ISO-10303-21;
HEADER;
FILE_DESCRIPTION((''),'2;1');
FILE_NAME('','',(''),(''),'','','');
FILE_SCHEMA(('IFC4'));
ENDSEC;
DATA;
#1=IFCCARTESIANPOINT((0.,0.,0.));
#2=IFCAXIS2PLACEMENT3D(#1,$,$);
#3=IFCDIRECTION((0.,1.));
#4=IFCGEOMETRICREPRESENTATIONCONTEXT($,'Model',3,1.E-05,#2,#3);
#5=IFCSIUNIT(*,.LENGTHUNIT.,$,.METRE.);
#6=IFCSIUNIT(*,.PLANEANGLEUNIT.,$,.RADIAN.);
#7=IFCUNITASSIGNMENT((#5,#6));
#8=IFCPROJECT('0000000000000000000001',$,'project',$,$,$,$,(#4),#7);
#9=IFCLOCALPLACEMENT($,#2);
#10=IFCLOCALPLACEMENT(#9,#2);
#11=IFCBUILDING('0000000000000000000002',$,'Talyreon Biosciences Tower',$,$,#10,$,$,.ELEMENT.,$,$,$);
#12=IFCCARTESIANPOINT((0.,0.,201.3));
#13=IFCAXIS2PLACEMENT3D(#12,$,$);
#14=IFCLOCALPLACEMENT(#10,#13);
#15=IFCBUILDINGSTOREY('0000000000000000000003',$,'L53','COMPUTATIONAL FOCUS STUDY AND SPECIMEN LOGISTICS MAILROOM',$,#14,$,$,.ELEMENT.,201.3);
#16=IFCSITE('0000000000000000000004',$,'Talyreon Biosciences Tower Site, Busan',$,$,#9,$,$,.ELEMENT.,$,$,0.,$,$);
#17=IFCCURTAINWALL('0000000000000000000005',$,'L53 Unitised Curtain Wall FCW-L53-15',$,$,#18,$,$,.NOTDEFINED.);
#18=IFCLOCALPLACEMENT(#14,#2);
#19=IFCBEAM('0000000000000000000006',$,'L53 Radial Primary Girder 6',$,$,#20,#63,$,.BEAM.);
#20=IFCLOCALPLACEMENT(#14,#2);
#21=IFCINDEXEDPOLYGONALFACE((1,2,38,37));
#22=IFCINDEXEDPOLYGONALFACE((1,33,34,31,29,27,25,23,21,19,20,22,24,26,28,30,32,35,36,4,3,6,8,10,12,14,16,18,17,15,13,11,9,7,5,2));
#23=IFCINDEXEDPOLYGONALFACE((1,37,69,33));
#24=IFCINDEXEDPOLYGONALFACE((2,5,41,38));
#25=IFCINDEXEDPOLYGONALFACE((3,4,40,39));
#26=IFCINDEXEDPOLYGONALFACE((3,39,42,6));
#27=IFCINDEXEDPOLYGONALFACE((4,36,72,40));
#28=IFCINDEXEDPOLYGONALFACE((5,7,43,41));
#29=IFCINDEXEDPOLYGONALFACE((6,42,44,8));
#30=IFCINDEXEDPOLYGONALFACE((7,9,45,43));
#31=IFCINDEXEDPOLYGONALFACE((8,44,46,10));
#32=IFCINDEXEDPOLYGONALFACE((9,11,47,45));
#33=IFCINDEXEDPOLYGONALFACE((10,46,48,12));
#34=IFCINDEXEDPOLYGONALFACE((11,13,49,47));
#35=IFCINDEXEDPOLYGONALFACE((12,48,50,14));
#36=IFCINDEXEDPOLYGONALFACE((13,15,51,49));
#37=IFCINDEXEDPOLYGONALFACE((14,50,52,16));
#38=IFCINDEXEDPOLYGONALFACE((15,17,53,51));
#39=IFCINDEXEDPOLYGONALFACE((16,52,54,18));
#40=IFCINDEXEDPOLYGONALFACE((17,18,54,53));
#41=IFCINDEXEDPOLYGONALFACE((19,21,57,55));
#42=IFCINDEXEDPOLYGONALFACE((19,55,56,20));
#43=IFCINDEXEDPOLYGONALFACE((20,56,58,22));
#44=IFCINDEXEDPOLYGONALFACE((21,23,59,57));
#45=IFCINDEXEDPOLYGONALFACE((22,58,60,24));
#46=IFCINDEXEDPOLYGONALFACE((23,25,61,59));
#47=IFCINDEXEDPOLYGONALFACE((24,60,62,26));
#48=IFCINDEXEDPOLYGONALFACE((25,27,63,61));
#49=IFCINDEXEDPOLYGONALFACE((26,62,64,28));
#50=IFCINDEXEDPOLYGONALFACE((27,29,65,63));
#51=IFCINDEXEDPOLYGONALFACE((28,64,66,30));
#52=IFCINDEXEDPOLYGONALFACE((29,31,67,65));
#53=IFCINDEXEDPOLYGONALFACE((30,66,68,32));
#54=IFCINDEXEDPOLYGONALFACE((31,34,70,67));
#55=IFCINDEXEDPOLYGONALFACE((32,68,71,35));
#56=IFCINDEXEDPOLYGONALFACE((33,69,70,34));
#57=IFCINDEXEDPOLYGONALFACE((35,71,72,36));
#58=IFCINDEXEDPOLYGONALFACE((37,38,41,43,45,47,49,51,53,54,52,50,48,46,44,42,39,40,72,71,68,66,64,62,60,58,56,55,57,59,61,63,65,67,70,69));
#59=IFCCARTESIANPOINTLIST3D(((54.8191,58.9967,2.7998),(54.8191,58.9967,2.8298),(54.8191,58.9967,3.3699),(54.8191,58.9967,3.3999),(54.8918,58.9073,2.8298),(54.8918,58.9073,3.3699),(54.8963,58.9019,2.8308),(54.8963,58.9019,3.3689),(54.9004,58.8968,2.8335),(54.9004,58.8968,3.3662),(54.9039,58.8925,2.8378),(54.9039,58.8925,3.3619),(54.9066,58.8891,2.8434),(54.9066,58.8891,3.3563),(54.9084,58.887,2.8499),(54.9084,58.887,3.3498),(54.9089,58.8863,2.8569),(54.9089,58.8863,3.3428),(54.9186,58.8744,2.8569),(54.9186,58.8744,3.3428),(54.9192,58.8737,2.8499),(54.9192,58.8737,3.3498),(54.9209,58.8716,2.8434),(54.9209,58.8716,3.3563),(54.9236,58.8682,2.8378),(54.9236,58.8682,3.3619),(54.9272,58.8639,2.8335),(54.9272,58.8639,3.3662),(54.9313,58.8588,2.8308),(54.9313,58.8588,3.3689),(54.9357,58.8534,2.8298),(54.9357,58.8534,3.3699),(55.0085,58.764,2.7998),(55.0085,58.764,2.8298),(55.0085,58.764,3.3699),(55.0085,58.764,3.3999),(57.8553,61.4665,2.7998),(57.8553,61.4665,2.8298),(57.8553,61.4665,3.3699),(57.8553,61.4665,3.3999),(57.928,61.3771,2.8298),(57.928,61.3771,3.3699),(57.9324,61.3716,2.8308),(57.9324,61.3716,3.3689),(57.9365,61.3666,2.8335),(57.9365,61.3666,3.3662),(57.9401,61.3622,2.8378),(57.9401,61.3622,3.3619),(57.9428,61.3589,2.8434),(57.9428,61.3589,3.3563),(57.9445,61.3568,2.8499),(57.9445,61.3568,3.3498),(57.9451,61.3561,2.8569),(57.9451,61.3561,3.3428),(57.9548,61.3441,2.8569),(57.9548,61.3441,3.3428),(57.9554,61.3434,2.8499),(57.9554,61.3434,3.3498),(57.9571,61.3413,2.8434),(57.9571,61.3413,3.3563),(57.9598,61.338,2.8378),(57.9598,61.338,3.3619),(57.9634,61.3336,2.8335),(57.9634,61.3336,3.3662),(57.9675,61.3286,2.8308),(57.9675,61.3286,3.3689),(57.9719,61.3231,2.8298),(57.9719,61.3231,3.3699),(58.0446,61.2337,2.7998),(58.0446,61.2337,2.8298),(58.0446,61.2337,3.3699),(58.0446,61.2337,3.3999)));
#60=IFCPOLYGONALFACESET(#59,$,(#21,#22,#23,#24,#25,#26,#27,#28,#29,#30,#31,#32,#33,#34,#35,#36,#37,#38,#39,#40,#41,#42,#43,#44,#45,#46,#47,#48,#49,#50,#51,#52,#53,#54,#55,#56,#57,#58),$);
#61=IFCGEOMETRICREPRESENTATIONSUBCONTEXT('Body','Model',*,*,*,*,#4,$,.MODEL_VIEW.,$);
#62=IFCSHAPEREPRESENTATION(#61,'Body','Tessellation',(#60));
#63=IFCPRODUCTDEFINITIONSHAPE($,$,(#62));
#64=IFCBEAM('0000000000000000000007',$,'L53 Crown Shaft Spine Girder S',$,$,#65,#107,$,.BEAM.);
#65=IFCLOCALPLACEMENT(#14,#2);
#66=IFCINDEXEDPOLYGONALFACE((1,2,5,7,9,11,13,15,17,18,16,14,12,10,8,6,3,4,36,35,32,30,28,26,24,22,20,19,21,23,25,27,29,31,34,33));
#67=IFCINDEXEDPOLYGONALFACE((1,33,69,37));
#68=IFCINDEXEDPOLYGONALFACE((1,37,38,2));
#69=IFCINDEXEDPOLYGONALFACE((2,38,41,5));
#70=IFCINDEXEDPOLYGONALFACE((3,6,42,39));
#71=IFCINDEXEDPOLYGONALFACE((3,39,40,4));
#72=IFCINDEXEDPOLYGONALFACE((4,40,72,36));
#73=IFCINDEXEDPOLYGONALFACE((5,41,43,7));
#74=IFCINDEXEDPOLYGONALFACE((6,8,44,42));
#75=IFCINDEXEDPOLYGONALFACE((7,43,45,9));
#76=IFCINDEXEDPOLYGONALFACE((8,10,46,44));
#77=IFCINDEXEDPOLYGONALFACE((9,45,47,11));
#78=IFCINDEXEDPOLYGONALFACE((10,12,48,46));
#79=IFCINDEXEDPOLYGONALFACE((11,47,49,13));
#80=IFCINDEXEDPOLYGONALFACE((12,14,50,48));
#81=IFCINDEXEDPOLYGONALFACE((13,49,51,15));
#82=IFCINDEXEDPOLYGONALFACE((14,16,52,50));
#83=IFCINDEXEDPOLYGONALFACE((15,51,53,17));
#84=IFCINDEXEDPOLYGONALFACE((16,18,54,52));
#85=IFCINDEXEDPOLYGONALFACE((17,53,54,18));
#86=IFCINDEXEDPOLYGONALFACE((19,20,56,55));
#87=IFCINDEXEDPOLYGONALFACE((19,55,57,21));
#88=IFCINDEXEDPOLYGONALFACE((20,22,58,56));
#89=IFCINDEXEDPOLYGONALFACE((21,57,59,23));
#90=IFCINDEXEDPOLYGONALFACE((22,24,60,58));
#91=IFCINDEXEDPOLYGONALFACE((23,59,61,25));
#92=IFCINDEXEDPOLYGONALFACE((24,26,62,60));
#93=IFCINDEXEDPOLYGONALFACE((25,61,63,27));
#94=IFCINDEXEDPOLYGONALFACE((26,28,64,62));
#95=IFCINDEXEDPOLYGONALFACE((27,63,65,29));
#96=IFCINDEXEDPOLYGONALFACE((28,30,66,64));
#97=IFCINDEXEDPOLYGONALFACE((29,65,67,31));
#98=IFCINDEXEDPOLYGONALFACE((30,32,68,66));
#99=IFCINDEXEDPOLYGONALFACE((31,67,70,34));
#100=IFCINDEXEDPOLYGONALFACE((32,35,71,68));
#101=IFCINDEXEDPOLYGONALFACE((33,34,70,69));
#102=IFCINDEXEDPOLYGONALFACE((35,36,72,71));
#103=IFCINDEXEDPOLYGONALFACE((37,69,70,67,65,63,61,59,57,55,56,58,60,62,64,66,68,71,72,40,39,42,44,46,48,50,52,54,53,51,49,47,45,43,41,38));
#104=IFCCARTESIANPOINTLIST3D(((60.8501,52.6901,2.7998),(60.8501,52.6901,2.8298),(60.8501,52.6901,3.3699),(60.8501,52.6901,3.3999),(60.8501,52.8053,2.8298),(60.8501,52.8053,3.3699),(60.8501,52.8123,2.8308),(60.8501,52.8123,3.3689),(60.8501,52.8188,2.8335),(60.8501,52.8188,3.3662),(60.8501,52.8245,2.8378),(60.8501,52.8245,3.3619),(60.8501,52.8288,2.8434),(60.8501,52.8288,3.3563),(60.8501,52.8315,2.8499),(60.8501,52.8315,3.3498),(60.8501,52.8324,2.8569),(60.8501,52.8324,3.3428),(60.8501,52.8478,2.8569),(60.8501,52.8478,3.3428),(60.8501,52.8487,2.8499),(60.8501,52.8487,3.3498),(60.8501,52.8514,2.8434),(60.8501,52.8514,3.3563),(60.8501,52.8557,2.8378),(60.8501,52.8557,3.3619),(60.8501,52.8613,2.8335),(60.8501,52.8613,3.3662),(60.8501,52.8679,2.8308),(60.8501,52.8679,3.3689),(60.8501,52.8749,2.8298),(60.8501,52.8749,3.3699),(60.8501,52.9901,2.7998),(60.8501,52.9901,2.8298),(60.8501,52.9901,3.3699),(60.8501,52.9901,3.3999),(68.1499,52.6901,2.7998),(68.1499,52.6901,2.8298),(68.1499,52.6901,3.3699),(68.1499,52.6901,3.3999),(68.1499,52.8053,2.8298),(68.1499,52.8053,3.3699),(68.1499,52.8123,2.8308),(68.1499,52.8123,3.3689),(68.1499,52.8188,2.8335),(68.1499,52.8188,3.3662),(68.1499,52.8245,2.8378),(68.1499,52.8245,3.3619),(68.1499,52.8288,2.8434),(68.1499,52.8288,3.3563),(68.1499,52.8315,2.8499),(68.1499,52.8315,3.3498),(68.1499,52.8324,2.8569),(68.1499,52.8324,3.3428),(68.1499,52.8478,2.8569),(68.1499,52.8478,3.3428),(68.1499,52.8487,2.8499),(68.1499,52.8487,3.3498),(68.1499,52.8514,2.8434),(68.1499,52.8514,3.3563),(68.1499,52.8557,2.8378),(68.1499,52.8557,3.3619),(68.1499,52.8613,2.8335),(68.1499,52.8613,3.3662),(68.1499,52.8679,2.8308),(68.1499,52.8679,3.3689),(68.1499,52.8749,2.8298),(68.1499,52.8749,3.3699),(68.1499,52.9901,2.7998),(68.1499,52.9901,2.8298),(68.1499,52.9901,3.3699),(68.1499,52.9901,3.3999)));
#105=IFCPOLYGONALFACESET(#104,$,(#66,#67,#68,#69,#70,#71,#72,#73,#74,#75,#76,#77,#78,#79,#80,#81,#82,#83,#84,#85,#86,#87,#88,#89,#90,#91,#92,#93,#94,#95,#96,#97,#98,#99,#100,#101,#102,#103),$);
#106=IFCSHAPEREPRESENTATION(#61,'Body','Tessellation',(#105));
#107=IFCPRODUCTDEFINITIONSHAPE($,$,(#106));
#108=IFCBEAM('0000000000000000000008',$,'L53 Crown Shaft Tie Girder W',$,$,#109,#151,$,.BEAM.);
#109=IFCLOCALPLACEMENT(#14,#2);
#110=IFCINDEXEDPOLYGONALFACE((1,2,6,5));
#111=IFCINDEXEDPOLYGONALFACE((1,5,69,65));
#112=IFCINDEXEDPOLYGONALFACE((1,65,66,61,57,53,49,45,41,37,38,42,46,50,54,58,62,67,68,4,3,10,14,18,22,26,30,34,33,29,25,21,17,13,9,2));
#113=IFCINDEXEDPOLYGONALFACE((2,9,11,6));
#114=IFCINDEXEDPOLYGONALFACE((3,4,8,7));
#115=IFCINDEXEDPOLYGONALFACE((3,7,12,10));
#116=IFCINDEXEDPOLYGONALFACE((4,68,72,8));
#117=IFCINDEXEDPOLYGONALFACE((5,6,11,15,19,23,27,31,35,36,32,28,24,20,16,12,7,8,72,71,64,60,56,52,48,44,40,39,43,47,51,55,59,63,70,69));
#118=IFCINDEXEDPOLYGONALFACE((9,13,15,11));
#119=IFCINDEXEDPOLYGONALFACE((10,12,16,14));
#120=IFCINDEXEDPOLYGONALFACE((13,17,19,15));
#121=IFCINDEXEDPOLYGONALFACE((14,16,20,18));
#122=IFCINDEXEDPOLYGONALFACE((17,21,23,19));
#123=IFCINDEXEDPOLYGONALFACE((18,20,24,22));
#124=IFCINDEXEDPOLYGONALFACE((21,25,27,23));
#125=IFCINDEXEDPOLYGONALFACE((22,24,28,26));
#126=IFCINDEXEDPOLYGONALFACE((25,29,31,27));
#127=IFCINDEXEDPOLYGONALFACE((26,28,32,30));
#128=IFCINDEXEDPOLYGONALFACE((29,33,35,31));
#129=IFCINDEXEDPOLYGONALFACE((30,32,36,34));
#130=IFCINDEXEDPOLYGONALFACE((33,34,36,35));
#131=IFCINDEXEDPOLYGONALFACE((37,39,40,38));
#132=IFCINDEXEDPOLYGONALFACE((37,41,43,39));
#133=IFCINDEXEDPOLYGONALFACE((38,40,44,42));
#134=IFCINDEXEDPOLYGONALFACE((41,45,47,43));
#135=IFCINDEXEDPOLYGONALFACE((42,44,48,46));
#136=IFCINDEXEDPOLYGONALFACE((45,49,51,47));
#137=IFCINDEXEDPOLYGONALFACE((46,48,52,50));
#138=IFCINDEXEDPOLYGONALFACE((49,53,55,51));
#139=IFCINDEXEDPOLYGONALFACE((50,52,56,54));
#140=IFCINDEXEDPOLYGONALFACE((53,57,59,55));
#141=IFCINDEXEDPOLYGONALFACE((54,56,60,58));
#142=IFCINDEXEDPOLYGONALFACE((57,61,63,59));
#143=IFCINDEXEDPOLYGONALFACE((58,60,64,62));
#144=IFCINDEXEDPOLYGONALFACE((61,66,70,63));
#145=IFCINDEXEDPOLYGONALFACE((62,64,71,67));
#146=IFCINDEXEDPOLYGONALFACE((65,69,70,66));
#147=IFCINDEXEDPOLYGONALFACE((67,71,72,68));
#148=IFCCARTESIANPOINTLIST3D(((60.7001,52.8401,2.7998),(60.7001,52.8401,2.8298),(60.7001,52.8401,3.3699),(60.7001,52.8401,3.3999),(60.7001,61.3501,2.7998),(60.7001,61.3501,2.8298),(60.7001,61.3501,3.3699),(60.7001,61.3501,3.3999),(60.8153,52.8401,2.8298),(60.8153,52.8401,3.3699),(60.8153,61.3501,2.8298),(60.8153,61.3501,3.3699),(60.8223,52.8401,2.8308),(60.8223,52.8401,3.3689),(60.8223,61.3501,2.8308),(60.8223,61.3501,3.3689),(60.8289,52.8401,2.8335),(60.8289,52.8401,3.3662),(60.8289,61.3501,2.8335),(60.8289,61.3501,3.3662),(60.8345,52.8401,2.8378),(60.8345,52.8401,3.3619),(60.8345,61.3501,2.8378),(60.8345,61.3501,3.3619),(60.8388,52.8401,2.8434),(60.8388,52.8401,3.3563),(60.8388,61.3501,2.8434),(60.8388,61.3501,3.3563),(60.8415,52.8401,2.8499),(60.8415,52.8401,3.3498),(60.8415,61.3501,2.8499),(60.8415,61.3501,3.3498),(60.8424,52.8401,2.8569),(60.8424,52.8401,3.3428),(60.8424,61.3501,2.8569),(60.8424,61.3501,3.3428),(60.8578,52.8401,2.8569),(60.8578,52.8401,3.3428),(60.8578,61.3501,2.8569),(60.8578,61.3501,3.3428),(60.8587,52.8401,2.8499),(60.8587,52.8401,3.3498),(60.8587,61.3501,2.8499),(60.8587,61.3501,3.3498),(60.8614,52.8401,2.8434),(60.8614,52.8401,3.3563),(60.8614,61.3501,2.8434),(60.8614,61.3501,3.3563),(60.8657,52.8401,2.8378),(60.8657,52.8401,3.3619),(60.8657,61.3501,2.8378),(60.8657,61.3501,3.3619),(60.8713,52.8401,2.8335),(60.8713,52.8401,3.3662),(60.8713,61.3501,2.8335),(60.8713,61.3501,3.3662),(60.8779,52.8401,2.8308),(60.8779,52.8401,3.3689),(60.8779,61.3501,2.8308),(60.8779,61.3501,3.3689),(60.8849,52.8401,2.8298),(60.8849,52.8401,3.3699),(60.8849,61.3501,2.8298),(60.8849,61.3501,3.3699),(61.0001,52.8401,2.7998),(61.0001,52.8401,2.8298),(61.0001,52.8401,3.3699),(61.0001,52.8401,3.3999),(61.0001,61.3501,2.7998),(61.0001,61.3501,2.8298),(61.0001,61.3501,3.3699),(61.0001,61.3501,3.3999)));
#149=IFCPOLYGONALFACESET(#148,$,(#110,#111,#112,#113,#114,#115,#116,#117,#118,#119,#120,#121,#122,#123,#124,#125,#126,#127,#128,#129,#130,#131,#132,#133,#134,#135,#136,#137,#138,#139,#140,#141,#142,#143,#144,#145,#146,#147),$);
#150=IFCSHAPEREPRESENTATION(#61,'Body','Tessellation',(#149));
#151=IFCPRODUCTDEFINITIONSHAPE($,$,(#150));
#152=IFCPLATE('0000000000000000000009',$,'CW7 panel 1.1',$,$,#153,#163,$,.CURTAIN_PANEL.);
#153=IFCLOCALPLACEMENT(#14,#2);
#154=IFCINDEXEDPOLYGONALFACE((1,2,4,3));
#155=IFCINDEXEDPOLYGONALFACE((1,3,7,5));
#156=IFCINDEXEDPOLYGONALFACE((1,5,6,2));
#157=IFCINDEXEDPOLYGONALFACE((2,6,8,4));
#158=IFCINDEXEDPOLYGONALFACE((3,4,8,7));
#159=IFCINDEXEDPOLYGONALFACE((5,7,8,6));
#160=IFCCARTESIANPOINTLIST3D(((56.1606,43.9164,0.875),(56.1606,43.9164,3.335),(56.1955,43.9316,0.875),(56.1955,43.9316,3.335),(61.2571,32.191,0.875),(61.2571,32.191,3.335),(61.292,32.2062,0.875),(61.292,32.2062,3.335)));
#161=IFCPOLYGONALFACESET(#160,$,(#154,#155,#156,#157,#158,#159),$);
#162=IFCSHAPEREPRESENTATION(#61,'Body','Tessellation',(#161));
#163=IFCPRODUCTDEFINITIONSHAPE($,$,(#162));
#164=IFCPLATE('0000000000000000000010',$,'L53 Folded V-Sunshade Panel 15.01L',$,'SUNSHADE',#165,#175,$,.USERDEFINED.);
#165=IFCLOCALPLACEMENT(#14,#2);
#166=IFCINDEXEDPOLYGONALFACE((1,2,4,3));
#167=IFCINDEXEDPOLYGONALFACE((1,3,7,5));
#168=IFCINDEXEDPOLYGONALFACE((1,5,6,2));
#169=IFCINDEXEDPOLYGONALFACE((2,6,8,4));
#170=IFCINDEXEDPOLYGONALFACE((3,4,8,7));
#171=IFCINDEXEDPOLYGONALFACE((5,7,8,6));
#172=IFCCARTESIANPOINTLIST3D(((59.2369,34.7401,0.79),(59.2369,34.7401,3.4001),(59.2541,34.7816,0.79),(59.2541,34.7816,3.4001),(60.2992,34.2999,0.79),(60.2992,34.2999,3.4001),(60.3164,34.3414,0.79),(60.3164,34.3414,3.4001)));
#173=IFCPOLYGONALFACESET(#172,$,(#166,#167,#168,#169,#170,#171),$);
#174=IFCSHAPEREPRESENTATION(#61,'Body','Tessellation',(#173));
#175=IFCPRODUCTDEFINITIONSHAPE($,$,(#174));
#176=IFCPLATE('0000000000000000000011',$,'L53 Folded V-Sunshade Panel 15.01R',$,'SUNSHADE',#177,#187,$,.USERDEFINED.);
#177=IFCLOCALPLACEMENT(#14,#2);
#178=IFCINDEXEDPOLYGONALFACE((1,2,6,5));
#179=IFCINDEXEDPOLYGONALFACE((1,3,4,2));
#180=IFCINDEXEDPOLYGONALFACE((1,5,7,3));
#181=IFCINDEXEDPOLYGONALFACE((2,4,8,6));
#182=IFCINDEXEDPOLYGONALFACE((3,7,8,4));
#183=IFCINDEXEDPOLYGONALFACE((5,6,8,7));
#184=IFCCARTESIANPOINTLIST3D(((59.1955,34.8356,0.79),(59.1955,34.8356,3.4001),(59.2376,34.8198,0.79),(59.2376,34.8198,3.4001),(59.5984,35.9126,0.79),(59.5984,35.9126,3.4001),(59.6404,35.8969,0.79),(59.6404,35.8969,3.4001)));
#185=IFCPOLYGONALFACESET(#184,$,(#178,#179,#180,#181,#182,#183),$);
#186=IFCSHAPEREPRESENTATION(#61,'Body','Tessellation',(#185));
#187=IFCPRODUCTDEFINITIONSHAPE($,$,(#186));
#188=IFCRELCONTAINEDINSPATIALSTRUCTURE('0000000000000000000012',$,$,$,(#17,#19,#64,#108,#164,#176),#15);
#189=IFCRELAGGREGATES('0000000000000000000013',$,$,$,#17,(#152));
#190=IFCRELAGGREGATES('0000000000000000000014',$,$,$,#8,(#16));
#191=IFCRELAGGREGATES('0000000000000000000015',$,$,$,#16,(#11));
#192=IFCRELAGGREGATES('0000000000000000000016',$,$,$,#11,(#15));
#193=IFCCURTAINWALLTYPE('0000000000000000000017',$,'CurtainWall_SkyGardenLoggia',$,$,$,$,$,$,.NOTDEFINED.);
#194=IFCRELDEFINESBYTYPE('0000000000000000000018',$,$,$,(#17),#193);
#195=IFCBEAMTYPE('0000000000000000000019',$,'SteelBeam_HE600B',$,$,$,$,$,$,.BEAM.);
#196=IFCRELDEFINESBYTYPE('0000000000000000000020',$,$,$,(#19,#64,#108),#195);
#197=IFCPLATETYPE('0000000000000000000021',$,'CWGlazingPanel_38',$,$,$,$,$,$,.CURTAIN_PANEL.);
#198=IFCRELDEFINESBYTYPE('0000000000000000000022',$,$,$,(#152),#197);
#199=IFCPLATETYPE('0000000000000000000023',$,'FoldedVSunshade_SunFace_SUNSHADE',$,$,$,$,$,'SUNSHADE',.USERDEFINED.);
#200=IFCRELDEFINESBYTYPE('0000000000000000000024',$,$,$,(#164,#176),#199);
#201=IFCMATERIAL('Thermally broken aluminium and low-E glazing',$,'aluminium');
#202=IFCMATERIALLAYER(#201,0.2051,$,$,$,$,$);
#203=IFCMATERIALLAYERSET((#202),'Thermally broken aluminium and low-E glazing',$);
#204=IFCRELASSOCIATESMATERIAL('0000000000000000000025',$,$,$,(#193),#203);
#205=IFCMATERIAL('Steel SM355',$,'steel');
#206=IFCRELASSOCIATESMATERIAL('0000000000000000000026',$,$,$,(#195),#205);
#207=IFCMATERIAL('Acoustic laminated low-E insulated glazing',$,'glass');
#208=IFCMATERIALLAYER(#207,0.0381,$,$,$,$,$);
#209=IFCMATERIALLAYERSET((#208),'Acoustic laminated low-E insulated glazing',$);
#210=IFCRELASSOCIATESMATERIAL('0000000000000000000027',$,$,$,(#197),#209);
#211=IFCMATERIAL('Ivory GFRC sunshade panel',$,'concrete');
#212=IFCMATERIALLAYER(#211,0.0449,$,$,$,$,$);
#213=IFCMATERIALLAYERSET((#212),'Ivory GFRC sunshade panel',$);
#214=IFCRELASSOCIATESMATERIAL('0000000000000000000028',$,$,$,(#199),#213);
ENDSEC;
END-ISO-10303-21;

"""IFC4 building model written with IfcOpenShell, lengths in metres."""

from ifc_helpers import new_model, si_unit, direction, frame, origin, origin_2d, place, context, subcontext, project, spatial, rectangle, i_section, extrude, material, layer, layer_set, material_profile, profile_set, type_object, element, aggregate, save


model = new_model("IFC4")

# Units and contexts
model_context = context("Model", 3, precision=1e-05, world=origin(), true_north=direction((0.0, 1.0)))
body_context = subcontext(model_context, "Body", "Model", "MODEL_VIEW")
ifc_project = project(units=[si_unit("LENGTHUNIT", "METRE"), si_unit("PLANEANGLEUNIT", "RADIAN")], contexts=[model_context])

# Site, building, storey
site_placement = place(None, origin())
site = spatial("IfcSite", under=ifc_project, at=site_placement, Name="Talyreon Biosciences Tower Site, Busan", CompositionType="ELEMENT", RefElevation=0.0)
building_placement = place(site_placement, origin())
building = spatial("IfcBuilding", under=site, at=building_placement, Name="Talyreon Biosciences Tower", CompositionType="ELEMENT")
storey_placement = place(building_placement, frame((0.0, 0.0, 201.3)))
storey = spatial("IfcBuildingStorey", under=building, at=storey_placement, Name="L53", Description="COMPUTATIONAL FOCUS STUDY AND SPECIMEN LOGISTICS MAILROOM", CompositionType="ELEMENT", Elevation=201.3)

# Curtain wall
ifc_material_1 = material(Name="Thermally broken aluminium and low-E glazing", Category="aluminium")
ifc_layer_1 = layer(ifc_material_1, 0.2051)
ifc_layer_set_1 = layer_set([ifc_layer_1], Name="Thermally broken aluminium and low-E glazing")
curtain_wall_type = type_object("IfcCurtainWallType", Name="CurtainWall_SkyGardenLoggia", PredefinedType="NOTDEFINED", material=ifc_layer_set_1)
curtain_wall_placement = place(storey_placement, origin())
curtain_wall = element("IfcCurtainWall", 1, at=curtain_wall_placement, inside=storey, type_object=curtain_wall_type, Name="L53 Unitised Curtain Wall FCW-L53-15", PredefinedType="NOTDEFINED")

# Beams
ifc_material_2 = material(Name="Steel SM355", Category="steel")
ifc_material_profile_1 = material_profile(ifc_material_2, i_section(OverallWidth=0.3, OverallDepth=0.6001, WebThickness=0.0154, FlangeThickness=0.03, FilletRadius=0.0271, at=origin_2d()), Name="HE600B")
ifc_profile_set_1 = profile_set([ifc_material_profile_1], Name="Steel SM355")
beam_type_1 = type_object("IfcBeamType", Name="SteelBeam_HE600B", PredefinedType="BEAM", material=ifc_profile_set_1)
beam_1_placement = place(storey_placement, frame((57.95, 61.3501, 3.0999), z_axis=(-0.775755, -0.631034, 0.0), x_axis=(0.631034, -0.775755, 0.0)))
element("IfcBeam", 2, at=beam_1_placement, inside=storey, type_object=beam_type_1, Name="L53 Radial Primary Girder 6", PredefinedType="BEAM", context=body_context, shape_type="SweptSolid", body=[
    extrude(i_section(OverallWidth=0.3, OverallDepth=0.6001, WebThickness=0.0154, FlangeThickness=0.03, FilletRadius=0.0271, at=origin_2d()), origin(), (0.0, 0.0, 1.0), 3.9138),
])
beam_2_placement = place(storey_placement, frame((60.8501, 52.8401, 3.0999), z_axis=(1.0, 0.0, 0.0), x_axis=(0.0, 1.0, 0.0)))
element("IfcBeam", 3, at=beam_2_placement, inside=storey, type_object=beam_type_1, Name="L53 Crown Shaft Spine Girder S", PredefinedType="BEAM", context=body_context, shape_type="SweptSolid", body=[
    extrude(i_section(OverallWidth=0.3, OverallDepth=0.6001, WebThickness=0.0154, FlangeThickness=0.03, FilletRadius=0.0271, at=origin_2d()), origin(), (0.0, 0.0, 1.0), 7.2998),
])
beam_3_placement = place(storey_placement, frame((60.8501, 52.8401, 3.0999), z_axis=(0.0, 1.0, 0.0), x_axis=(-1.0, 0.0, 0.0)))
element("IfcBeam", 4, at=beam_3_placement, inside=storey, type_object=beam_type_1, Name="L53 Crown Shaft Tie Girder W", PredefinedType="BEAM", context=body_context, shape_type="SweptSolid", body=[
    extrude(i_section(OverallWidth=0.3, OverallDepth=0.6001, WebThickness=0.0154, FlangeThickness=0.03, FilletRadius=0.0271, at=origin_2d()), origin(), (0.0, 0.0, 1.0), 8.51),
])

# Plate
ifc_material_3 = material(Name="Acoustic laminated low-E insulated glazing", Category="glass")
ifc_layer_2 = layer(ifc_material_3, 0.0381)
ifc_layer_set_2 = layer_set([ifc_layer_2], Name="Acoustic laminated low-E insulated glazing")
plate_type_1 = type_object("IfcPlateType", Name="CWGlazingPanel_38", PredefinedType="CURTAIN_PANEL", material=ifc_layer_set_2)
plate_placement = place(storey_placement, frame((58.7263, 38.0613, 0.875), z_axis=(0.0, 0.0, 1.0), x_axis=(-0.398626, 0.917113, 0.0)))
plate = element("IfcPlate", 5, at=plate_placement, type_object=plate_type_1, Name="CW7 panel 1.1", PredefinedType="CURTAIN_PANEL", context=body_context, shape_type="SweptSolid", body=[
    extrude(rectangle(XDim=12.7852, YDim=0.0381, at=origin_2d()), origin(), (0.0, 0.0, 1.0), 2.46),
])
aggregate(curtain_wall, [plate])

# Plates
ifc_material_4 = material(Name="Ivory GFRC sunshade panel", Category="concrete")
ifc_layer_3 = layer(ifc_material_4, 0.0449)
ifc_layer_set_3 = layer_set([ifc_layer_3], Name="Ivory GFRC sunshade panel")
plate_type_2 = type_object("IfcPlateType", Name="FoldedVSunshade_SunFace_SUNSHADE", ElementType="SUNSHADE", PredefinedType="USERDEFINED", material=ifc_layer_set_3)
for number, where, z_axis, x_axis, name in (
    (6, (59.7766, 34.5408, 0.79), (0.0, 0.0, 1.0), (-0.923826, 0.382812, 0.0), "L53 Folded V-Sunshade Panel 15.01L"),
    (7, (59.418, 35.3662, 0.79), (0.0, 0.0, 1.0), (0.350338, 0.936623, 0.0), "L53 Folded V-Sunshade Panel 15.01R"),
):
    element("IfcPlate", number, at=place(storey_placement, frame(where, z_axis=z_axis, x_axis=x_axis)), inside=storey, type_object=plate_type_2, Name=name, ObjectType="SUNSHADE", PredefinedType="USERDEFINED", context=body_context, shape_type="SweptSolid", body=[
        extrude(rectangle(XDim=1.1499, YDim=0.0449, at=origin_2d()), origin(), (0.0, 0.0, 1.0), 2.6101),
    ])

save(model, "model.ifc")
